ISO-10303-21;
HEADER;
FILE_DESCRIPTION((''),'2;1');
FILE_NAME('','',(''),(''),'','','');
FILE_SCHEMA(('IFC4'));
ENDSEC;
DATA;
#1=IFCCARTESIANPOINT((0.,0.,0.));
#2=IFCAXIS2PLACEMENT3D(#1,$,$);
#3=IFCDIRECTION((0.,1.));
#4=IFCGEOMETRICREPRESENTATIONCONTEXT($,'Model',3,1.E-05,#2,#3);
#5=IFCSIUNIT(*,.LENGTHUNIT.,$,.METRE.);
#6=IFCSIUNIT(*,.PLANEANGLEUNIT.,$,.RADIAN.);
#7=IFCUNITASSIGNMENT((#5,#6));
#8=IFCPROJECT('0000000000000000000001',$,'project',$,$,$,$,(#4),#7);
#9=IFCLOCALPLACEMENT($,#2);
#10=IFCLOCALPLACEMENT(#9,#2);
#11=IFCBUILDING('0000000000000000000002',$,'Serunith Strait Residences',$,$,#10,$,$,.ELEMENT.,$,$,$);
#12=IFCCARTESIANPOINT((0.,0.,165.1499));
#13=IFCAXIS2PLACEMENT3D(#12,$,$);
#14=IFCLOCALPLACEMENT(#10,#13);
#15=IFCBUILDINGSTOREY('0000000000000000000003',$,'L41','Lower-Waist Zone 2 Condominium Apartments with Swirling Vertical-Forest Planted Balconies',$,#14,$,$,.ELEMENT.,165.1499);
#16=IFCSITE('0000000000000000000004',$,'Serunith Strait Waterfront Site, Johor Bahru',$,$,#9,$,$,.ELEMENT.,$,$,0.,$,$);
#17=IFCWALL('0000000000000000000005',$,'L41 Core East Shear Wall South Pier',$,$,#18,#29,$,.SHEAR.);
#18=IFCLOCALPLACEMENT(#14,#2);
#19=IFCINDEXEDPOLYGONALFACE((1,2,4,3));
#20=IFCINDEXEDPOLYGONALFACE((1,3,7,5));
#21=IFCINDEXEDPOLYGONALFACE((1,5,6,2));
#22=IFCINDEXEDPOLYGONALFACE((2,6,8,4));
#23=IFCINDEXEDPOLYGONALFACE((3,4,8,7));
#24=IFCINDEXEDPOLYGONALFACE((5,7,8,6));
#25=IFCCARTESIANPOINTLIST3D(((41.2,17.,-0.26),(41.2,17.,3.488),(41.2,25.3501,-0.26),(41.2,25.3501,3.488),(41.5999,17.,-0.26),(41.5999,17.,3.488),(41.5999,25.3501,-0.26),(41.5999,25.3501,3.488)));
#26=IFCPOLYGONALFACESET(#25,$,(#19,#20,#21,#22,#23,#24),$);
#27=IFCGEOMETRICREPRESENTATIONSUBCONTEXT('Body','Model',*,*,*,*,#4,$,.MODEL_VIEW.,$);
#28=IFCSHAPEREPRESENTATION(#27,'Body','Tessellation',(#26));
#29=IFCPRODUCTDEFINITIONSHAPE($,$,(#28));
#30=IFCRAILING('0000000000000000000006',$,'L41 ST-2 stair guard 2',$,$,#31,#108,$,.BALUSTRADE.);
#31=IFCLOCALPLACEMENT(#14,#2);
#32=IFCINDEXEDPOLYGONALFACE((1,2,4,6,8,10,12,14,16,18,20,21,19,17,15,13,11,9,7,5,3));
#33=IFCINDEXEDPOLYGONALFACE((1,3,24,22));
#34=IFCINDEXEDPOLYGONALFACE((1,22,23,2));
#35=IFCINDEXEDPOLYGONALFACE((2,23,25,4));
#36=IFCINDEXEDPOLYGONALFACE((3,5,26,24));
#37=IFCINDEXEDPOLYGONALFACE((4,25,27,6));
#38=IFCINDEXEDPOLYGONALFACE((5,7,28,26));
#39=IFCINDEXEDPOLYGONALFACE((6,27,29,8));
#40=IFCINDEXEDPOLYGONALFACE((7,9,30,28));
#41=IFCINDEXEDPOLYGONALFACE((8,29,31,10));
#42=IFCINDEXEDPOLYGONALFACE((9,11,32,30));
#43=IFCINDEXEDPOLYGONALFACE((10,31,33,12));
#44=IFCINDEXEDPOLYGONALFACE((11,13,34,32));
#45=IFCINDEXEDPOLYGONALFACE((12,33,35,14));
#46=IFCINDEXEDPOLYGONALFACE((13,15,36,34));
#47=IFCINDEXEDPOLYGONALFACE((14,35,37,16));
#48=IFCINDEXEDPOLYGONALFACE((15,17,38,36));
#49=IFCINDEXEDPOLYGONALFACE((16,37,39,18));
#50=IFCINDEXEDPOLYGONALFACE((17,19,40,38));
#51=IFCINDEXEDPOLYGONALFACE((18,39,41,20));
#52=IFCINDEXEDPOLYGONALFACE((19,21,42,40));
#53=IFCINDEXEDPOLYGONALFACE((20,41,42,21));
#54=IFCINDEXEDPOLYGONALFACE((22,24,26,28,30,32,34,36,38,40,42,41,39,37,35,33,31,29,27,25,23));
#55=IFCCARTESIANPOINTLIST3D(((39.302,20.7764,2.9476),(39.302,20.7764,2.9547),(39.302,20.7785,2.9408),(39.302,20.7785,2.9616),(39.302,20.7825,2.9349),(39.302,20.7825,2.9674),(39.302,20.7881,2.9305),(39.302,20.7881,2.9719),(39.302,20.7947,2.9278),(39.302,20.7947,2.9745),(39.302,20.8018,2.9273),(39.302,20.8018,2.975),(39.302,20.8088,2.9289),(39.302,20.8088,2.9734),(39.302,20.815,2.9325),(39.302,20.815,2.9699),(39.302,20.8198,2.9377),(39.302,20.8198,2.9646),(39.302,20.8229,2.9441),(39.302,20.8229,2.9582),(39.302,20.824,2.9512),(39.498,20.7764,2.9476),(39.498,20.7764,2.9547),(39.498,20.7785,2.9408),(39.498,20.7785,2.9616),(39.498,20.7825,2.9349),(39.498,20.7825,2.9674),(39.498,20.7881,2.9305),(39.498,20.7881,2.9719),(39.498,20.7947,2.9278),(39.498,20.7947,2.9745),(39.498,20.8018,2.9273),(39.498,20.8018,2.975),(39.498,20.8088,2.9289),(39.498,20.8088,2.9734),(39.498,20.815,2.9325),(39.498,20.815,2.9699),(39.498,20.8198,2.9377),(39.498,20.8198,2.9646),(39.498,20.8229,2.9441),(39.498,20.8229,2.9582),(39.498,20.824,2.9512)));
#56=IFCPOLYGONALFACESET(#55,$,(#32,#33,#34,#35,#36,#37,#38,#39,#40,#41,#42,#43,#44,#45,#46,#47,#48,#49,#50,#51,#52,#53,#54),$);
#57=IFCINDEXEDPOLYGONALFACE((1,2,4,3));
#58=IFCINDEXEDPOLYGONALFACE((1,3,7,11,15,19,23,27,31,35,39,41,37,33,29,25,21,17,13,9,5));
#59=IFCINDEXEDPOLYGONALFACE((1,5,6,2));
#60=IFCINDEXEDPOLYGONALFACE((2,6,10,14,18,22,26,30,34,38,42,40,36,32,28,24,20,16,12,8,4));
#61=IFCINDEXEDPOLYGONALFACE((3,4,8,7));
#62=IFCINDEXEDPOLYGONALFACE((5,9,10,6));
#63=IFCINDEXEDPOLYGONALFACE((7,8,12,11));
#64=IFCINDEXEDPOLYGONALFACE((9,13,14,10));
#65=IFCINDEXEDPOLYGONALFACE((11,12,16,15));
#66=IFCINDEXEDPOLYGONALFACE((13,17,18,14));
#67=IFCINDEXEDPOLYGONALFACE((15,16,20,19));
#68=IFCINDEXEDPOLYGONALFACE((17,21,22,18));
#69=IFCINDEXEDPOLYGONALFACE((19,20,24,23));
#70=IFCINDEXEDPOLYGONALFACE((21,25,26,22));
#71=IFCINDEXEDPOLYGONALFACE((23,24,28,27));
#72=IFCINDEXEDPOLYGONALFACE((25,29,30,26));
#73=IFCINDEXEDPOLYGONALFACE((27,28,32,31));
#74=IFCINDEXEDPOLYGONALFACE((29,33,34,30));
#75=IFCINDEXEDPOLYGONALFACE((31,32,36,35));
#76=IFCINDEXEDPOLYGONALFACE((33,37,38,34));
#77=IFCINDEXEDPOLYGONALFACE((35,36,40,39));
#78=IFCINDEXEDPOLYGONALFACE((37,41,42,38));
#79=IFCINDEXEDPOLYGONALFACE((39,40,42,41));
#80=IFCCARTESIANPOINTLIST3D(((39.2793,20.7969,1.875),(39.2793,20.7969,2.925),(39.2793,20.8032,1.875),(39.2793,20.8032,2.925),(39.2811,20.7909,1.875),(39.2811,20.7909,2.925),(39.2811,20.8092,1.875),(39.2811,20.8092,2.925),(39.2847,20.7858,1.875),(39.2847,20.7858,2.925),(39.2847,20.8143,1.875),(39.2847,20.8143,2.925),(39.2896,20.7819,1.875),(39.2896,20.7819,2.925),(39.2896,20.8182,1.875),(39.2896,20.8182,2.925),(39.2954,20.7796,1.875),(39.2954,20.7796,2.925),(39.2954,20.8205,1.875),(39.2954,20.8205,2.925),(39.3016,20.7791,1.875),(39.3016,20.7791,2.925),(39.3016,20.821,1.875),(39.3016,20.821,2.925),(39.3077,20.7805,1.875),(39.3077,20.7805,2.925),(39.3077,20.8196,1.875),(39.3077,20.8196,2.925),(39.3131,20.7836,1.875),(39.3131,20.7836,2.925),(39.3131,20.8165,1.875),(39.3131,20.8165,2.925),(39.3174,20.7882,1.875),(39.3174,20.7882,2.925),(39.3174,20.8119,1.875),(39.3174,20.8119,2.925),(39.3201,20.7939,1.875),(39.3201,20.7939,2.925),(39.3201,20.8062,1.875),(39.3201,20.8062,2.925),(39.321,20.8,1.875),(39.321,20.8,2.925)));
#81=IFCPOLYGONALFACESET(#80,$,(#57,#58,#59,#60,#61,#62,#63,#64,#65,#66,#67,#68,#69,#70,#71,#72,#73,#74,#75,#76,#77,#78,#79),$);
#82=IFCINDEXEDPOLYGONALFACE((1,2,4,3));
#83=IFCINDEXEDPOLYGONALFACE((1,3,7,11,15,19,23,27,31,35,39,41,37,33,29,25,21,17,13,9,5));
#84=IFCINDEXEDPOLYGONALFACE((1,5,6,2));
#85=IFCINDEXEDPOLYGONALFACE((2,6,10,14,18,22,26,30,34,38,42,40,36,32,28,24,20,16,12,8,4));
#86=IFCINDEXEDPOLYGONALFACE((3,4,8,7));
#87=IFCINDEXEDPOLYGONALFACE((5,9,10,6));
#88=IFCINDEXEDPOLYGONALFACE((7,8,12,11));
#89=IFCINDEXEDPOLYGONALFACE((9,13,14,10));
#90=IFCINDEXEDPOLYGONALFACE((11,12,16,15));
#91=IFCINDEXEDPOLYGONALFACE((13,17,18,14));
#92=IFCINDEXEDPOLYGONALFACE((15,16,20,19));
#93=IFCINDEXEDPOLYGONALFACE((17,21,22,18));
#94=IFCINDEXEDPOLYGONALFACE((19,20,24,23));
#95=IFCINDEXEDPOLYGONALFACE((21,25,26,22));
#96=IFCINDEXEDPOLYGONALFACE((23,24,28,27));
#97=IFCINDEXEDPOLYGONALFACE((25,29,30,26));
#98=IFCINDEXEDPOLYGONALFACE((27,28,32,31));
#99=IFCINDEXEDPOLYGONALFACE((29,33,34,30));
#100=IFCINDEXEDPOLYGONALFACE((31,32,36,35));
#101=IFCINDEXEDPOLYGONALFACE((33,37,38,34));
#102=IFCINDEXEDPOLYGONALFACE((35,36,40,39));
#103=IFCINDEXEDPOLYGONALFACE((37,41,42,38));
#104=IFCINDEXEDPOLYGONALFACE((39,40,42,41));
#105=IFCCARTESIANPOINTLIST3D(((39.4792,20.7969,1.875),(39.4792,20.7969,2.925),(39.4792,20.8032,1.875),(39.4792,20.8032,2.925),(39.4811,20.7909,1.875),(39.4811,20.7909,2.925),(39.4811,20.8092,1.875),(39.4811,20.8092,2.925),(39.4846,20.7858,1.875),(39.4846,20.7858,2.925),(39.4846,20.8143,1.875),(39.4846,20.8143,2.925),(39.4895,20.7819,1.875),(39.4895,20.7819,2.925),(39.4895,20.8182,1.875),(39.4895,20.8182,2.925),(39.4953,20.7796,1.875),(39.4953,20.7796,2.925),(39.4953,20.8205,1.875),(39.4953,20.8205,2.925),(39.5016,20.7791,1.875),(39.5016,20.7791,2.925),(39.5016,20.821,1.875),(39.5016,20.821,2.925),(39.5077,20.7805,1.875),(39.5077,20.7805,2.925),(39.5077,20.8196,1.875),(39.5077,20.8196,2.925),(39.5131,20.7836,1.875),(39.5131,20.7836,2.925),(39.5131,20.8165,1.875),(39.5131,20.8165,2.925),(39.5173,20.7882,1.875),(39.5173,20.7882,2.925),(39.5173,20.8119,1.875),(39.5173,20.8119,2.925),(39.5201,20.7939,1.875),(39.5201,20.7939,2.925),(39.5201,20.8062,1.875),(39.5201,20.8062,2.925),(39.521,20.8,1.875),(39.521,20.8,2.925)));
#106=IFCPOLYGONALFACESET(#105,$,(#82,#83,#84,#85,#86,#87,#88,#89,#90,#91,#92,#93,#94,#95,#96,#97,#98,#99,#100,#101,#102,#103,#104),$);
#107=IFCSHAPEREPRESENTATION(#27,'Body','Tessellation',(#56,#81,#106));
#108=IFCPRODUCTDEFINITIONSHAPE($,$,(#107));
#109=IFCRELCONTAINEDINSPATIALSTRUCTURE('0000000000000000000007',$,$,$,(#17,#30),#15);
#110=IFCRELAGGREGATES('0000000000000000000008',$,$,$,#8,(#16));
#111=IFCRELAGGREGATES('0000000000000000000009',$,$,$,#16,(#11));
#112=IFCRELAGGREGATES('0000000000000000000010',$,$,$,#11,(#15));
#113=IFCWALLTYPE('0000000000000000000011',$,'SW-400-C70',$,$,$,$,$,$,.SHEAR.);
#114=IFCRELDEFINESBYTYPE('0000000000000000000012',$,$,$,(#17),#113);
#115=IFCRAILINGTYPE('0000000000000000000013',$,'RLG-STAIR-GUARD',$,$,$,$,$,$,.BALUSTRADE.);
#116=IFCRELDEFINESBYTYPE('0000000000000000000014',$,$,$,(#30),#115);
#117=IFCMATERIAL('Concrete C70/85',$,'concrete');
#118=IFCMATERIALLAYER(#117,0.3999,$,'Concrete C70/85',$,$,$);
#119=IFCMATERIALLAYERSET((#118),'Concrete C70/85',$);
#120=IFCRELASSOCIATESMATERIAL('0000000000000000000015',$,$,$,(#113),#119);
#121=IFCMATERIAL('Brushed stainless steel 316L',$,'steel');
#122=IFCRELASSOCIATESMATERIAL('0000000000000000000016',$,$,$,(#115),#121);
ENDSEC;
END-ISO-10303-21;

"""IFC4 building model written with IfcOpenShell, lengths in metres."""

from ifc_helpers import new_model, si_unit, direction, frame, frame_2d, origin, origin_2d, place, context, subcontext, project, spatial, rectangle, circle, extrude, material, layer, layer_set, type_object, element, save


model = new_model("IFC4")

# Units and contexts
model_context = context("Model", 3, precision=1e-05, world=origin(), true_north=direction((0.0, 1.0)))
body_context = subcontext(model_context, "Body", "Model", "MODEL_VIEW")
ifc_project = project(units=[si_unit("LENGTHUNIT", "METRE"), si_unit("PLANEANGLEUNIT", "RADIAN")], contexts=[model_context])

# Site, building, storey
site_placement = place(None, origin())
site = spatial("IfcSite", under=ifc_project, at=site_placement, Name="Serunith Strait Waterfront Site, Johor Bahru", CompositionType="ELEMENT", RefElevation=0.0)
building_placement = place(site_placement, origin())
building = spatial("IfcBuilding", under=site, at=building_placement, Name="Serunith Strait Residences", CompositionType="ELEMENT")
storey_placement = place(building_placement, frame((0.0, 0.0, 165.1499)))
storey = spatial("IfcBuildingStorey", under=building, at=storey_placement, Name="L41", Description="Lower-Waist Zone 2 Condominium Apartments with Swirling Vertical-Forest Planted Balconies", CompositionType="ELEMENT", Elevation=165.1499)

# Wall
ifc_material_1 = material(Name="Concrete C70/85", Category="concrete")
ifc_layer_1 = layer(ifc_material_1, 0.3999, Name="Concrete C70/85")
ifc_layer_set_1 = layer_set([ifc_layer_1], Name="Concrete C70/85")
wall_type_1 = type_object("IfcWallType", Name="SW-400-C70", PredefinedType="SHEAR", material=ifc_layer_set_1)
wall_1_placement = place(storey_placement, frame((41.3999, 17.0, -0.26), z_axis=(0.0, 0.0, 1.0), x_axis=(0.0, 1.0, 0.0)))
element("IfcWall", 1, at=wall_1_placement, inside=storey, type_object=wall_type_1, Name="L41 Core East Shear Wall South Pier", PredefinedType="SHEAR", context=body_context, shape_type="SweptSolid", body=[
    extrude(rectangle(XDim=8.3501, YDim=0.3999, at=frame_2d((4.175, 0.0))), origin(), (0.0, 0.0, 1.0), 3.748),
])

# Railing
ifc_material_2 = material(Name="Brushed stainless steel 316L", Category="steel")
railing_type_1 = type_object("IfcRailingType", Name="RLG-STAIR-GUARD", PredefinedType="BALUSTRADE", material=ifc_material_2)
railing_1_placement = place(storey_placement, frame((39.3, 20.8, 1.875)))
element("IfcRailing", 2, at=railing_1_placement, inside=storey, type_object=railing_type_1, Name="L41 ST-2 stair guard 2", PredefinedType="BALUSTRADE", context=body_context, shape_type="SweptSolid", body=[
    extrude(circle(Radius=0.0239, at=origin_2d()), frame((0.002, 0.0, 1.0762), z_axis=(1.0, 0.0, 0.0), x_axis=(0.0, 1.0, 0.0)), (0.0, 0.0, 1.0), 0.196),
    extrude(circle(Radius=0.021, at=origin_2d()), origin(), (0.0, 0.0, 1.0), 1.05),
    extrude(circle(Radius=0.021, at=origin_2d()), frame((0.2, 0.0, 0.0)), (0.0, 0.0, 1.0), 1.05),
])

save(model, "model.ifc")
